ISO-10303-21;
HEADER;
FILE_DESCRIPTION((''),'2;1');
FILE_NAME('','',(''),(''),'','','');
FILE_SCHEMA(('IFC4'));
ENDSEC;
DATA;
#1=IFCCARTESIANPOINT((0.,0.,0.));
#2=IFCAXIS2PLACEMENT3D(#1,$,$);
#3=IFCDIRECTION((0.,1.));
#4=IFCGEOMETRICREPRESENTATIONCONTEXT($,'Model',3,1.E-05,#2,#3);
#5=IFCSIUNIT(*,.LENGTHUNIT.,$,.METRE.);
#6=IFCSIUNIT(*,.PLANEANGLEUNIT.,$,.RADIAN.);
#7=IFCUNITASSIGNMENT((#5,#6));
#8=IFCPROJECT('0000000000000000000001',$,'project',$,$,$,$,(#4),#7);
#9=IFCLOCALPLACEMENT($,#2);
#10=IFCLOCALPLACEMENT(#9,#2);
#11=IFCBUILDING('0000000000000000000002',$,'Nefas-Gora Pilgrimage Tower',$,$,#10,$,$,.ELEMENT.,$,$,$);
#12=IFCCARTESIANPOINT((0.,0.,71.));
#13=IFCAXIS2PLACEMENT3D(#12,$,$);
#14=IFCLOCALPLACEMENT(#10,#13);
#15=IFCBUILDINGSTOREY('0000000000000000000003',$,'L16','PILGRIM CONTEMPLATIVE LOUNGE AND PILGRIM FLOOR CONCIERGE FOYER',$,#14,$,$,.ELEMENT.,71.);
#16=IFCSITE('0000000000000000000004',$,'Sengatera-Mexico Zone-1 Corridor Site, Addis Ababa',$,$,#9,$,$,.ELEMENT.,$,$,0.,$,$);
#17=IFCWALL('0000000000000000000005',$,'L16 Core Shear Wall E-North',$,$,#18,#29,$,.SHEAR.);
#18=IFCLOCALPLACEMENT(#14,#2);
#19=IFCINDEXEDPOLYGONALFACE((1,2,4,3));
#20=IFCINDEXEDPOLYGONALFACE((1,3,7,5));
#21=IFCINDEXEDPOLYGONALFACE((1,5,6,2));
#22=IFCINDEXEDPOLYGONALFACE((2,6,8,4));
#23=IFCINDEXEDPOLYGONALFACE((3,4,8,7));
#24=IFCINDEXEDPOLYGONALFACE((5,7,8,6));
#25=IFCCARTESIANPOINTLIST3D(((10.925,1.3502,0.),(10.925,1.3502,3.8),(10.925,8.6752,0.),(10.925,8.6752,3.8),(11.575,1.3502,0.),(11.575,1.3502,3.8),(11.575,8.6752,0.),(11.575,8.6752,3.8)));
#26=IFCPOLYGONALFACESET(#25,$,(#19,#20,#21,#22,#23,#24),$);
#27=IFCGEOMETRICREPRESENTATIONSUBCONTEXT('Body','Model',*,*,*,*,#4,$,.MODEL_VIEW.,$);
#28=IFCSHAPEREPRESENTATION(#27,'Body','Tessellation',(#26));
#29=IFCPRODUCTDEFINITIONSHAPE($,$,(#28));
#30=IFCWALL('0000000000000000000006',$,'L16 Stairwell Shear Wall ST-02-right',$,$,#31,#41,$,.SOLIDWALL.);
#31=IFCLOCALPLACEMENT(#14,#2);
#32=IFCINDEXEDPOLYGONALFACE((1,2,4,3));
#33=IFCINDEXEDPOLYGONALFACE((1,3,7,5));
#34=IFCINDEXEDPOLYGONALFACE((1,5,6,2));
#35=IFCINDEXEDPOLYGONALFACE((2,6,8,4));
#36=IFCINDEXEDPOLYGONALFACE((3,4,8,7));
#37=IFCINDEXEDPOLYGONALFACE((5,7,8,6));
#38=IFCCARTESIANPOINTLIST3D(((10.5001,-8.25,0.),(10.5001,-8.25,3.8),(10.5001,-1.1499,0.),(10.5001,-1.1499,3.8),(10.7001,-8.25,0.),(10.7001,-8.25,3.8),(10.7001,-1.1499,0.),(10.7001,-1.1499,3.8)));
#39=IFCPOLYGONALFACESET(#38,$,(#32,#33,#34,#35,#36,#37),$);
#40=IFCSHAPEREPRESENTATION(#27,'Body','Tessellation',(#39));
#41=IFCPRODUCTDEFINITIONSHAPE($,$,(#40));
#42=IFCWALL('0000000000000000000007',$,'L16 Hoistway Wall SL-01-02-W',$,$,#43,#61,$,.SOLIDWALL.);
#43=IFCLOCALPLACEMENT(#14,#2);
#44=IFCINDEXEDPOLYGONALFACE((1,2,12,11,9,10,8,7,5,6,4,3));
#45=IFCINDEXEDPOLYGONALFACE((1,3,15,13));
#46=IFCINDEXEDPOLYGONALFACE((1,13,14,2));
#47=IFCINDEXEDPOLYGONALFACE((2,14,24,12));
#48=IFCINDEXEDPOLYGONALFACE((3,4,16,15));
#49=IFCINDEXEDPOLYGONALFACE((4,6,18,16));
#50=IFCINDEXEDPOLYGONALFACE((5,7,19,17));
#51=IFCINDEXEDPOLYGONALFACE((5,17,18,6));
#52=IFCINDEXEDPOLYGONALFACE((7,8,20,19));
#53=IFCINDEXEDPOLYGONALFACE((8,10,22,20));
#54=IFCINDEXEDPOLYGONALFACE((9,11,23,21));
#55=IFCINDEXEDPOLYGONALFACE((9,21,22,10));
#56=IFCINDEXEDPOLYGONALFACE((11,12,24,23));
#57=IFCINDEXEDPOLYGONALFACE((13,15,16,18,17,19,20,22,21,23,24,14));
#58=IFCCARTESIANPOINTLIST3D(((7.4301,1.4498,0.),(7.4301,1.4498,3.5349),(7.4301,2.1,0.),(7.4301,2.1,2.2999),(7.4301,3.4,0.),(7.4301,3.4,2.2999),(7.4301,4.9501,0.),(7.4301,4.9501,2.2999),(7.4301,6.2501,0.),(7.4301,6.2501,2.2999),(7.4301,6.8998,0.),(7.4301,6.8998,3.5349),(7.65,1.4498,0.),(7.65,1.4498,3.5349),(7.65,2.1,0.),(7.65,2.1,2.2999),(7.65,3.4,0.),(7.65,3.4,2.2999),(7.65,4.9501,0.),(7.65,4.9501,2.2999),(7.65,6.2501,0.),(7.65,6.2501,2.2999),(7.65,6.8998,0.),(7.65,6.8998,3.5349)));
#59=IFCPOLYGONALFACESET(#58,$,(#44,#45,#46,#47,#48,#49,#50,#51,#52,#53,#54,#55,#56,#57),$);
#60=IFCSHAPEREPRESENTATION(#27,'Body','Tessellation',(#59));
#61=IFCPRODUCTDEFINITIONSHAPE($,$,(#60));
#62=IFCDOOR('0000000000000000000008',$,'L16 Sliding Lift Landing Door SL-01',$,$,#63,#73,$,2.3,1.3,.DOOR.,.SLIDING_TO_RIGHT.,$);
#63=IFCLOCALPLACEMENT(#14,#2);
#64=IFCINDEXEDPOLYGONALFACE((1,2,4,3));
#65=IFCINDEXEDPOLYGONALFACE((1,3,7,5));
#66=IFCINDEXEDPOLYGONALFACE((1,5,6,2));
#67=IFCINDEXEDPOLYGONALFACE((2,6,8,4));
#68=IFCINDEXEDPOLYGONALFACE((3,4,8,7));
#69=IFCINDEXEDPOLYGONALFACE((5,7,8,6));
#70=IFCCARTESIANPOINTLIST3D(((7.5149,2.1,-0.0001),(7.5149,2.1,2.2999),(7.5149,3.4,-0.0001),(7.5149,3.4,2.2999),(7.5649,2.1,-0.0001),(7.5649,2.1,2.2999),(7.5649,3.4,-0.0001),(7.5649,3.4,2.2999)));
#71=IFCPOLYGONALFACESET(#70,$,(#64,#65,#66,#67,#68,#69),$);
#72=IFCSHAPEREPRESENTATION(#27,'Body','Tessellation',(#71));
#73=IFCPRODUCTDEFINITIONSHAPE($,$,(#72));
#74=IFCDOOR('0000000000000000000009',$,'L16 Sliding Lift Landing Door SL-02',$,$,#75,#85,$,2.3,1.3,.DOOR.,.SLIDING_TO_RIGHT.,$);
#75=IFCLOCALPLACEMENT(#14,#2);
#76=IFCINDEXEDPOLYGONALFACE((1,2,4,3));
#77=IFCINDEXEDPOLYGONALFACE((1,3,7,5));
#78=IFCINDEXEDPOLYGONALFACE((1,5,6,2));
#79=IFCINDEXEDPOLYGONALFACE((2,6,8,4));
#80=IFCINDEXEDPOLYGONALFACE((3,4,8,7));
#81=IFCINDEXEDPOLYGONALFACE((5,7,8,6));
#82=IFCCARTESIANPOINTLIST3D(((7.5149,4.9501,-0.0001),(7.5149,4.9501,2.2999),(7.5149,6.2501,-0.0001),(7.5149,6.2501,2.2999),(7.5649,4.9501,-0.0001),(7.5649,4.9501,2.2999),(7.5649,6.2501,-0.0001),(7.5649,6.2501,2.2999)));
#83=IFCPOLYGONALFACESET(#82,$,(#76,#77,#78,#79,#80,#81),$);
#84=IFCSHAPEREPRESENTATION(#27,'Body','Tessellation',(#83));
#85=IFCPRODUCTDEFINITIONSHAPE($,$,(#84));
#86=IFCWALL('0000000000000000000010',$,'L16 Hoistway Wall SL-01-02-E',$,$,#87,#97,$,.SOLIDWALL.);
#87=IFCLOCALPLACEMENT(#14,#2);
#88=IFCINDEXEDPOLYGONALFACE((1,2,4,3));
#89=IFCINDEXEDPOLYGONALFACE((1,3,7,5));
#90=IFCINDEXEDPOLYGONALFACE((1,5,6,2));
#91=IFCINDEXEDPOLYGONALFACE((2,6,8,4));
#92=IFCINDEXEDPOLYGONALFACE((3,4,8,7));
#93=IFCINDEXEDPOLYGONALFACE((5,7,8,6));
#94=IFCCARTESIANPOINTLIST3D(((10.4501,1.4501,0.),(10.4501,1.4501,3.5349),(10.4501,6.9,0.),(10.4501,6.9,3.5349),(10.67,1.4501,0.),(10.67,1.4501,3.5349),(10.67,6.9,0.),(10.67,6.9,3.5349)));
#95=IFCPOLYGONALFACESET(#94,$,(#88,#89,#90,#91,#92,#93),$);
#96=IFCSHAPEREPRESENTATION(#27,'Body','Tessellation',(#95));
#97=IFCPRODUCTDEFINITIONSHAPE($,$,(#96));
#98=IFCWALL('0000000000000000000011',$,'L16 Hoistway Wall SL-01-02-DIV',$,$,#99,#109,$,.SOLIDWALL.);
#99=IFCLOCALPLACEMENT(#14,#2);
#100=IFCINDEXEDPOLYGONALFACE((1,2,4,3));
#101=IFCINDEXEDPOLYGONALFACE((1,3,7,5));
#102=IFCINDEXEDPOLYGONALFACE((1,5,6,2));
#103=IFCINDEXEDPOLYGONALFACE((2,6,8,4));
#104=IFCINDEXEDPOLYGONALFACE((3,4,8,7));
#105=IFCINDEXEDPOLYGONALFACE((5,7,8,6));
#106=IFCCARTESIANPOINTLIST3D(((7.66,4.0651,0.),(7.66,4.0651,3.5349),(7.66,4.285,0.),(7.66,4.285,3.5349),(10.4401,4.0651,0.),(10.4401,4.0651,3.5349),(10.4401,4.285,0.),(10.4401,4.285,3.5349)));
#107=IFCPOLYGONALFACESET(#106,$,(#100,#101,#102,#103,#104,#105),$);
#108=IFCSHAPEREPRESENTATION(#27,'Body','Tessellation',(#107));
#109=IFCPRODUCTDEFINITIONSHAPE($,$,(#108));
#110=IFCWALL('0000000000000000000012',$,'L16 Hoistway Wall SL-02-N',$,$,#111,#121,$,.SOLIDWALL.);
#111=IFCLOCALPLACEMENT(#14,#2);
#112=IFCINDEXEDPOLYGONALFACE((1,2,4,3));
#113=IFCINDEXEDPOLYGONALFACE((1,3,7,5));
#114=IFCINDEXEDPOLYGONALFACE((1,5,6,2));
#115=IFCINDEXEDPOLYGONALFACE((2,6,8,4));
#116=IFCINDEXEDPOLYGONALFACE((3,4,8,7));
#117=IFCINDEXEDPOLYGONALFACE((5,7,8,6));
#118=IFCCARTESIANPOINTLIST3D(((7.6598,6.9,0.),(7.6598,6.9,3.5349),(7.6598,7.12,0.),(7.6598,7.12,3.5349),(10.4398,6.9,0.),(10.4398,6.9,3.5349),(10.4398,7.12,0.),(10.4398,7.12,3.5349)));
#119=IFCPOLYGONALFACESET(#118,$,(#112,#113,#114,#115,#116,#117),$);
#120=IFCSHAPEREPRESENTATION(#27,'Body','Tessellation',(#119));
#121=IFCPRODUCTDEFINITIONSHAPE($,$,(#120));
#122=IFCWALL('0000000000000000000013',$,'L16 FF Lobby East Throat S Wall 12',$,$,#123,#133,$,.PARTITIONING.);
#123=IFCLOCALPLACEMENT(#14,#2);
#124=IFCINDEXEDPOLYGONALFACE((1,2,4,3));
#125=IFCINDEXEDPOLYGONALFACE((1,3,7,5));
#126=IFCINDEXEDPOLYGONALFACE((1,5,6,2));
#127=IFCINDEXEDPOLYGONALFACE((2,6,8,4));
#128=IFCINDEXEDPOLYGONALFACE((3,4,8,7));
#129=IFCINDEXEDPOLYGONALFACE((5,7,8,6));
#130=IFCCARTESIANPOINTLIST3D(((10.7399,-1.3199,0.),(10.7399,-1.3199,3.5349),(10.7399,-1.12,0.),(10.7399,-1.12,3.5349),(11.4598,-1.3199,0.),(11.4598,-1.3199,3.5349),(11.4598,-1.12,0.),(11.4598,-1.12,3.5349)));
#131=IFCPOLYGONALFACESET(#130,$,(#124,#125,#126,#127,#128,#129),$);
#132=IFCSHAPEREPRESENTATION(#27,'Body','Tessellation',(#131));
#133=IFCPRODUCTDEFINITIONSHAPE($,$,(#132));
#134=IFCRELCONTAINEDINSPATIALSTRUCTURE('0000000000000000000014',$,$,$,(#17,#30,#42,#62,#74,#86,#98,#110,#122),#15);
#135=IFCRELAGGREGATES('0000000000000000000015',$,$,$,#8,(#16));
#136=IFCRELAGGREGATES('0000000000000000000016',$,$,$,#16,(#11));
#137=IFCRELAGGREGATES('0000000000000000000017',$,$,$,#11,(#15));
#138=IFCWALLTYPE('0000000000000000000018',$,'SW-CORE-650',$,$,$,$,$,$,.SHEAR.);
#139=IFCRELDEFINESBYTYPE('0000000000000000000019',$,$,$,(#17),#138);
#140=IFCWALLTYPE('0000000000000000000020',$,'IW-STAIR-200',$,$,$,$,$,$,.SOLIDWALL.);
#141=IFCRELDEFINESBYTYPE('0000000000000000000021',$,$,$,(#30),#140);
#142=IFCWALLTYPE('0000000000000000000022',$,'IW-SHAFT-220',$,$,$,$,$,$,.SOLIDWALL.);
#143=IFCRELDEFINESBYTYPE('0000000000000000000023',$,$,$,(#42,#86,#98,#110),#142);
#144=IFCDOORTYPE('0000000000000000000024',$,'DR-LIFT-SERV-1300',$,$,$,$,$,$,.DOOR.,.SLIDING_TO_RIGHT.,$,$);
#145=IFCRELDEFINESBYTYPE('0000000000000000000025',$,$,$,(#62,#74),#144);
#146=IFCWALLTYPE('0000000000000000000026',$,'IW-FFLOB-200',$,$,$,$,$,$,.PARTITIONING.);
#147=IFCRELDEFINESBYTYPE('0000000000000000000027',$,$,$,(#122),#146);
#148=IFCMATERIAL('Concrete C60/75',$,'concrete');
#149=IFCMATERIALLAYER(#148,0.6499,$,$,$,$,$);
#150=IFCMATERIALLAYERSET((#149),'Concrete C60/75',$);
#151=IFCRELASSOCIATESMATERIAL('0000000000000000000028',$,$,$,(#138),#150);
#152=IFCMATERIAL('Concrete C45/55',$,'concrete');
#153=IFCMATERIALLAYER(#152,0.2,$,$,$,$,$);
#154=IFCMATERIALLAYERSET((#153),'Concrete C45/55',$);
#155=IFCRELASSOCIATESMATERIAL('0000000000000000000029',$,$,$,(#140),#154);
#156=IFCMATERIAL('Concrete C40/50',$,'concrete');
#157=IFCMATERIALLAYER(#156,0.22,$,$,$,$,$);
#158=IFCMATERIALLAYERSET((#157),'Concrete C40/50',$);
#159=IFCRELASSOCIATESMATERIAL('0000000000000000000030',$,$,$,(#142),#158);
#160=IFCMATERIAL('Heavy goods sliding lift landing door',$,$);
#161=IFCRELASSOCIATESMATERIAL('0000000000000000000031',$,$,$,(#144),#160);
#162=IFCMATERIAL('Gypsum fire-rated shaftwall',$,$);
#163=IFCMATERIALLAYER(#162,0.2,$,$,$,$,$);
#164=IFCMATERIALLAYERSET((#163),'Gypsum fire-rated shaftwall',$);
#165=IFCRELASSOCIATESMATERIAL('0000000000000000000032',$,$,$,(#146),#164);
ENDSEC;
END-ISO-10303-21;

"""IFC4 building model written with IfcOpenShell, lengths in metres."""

from ifc_helpers import new_model, si_unit, direction, frame, frame_2d, origin, place, context, subcontext, project, spatial, rectangle, extrude, source, transform, mapped, material, layer, layer_set, type_object, element, fill, save


model = new_model("IFC4")

# Units and contexts
model_context = context("Model", 3, precision=1e-05, world=origin(), true_north=direction((0.0, 1.0)))
body_context = subcontext(model_context, "Body", "Model", "MODEL_VIEW")
ifc_project = project(units=[si_unit("LENGTHUNIT", "METRE"), si_unit("PLANEANGLEUNIT", "RADIAN")], contexts=[model_context])

# Site, building, storey
site_placement = place(None, origin())
site = spatial("IfcSite", under=ifc_project, at=site_placement, Name="Sengatera-Mexico Zone-1 Corridor Site, Addis Ababa", CompositionType="ELEMENT", RefElevation=0.0)
building_placement = place(site_placement, origin())
building = spatial("IfcBuilding", under=site, at=building_placement, Name="Nefas-Gora Pilgrimage Tower", CompositionType="ELEMENT")
storey_placement = place(building_placement, frame((0.0, 0.0, 71.0)))
storey = spatial("IfcBuildingStorey", under=building, at=storey_placement, Name="L16", Description="PILGRIM CONTEMPLATIVE LOUNGE AND PILGRIM FLOOR CONCIERGE FOYER", CompositionType="ELEMENT", Elevation=71.0)

# Walls
ifc_material_1 = material(Name="Concrete C60/75", Category="concrete")
ifc_layer_1 = layer(ifc_material_1, 0.6499)
ifc_layer_set_1 = layer_set([ifc_layer_1], Name="Concrete C60/75")
wall_type_1 = type_object("IfcWallType", Name="SW-CORE-650", PredefinedType="SHEAR", material=ifc_layer_set_1)
shared_shape_1 = source(origin(), body_context, "Body", "SweptSolid", [
    extrude(rectangle(XDim=7.325, YDim=0.6499, at=frame_2d((3.6626, 0.0))), origin(), (0.0, 0.0, 1.0), 3.8),
])
wall_1_placement = place(storey_placement, frame((11.25, 1.3501, 0.0), z_axis=(0.0, 0.0, 1.0), x_axis=(0.0, 1.0, 0.0)))
element("IfcWall", 1, at=wall_1_placement, inside=storey, type_object=wall_type_1, Name="L16 Core Shear Wall E-North", PredefinedType="SHEAR", context=body_context, shape_type="MappedRepresentation", body=[
    mapped(shared_shape_1, transform((0.0, 0.0, 0.0), x_axis=(1.0, 0.0, 0.0), y_axis=(0.0, 1.0, 0.0), z_axis=(0.0, 0.0, 1.0), scale=1.0)),
])
ifc_material_2 = material(Name="Concrete C45/55", Category="concrete")
ifc_layer_2 = layer(ifc_material_2, 0.2)
ifc_layer_set_2 = layer_set([ifc_layer_2], Name="Concrete C45/55")
wall_type_2 = type_object("IfcWallType", Name="IW-STAIR-200", PredefinedType="SOLIDWALL", material=ifc_layer_set_2)
shared_shape_2 = source(origin(), body_context, "Body", "SweptSolid", [
    extrude(rectangle(XDim=7.1001, YDim=0.2, at=frame_2d((3.55, 0.0))), origin(), (0.0, 0.0, 1.0), 3.8),
])
wall_2_placement = place(storey_placement, frame((10.6001, -1.1499, 0.0), z_axis=(0.0, 0.0, 1.0), x_axis=(0.0, -1.0, 0.0)))
element("IfcWall", 2, at=wall_2_placement, inside=storey, type_object=wall_type_2, Name="L16 Stairwell Shear Wall ST-02-right", PredefinedType="SOLIDWALL", context=body_context, shape_type="MappedRepresentation", body=[
    mapped(shared_shape_2, transform((0.0, 0.0, 0.0), x_axis=(1.0, 0.0, 0.0), y_axis=(0.0, 1.0, 0.0), z_axis=(0.0, 0.0, 1.0), scale=1.0)),
])

# Wall, openings, doors
ifc_material_3 = material(Name="Concrete C40/50", Category="concrete")
ifc_layer_3 = layer(ifc_material_3, 0.22)
ifc_layer_set_3 = layer_set([ifc_layer_3], Name="Concrete C40/50")
wall_type_3 = type_object("IfcWallType", Name="IW-SHAFT-220", PredefinedType="SOLIDWALL", material=ifc_layer_set_3)
shared_shape_3 = source(origin(), body_context, "Body", "SweptSolid", [
    extrude(rectangle(XDim=5.45, YDim=0.22, at=frame_2d((2.7251, 0.0))), origin(), (0.0, 0.0, 1.0), 3.5349),
])
wall_3_placement = place(storey_placement, frame((7.54, 6.8999, 0.0), z_axis=(0.0, 0.0, 1.0), x_axis=(0.0, -1.0, 0.0)))
wall_3 = element("IfcWall", 3, at=wall_3_placement, inside=storey, type_object=wall_type_3, Name="L16 Hoistway Wall SL-01-02-W", PredefinedType="SOLIDWALL", context=body_context, shape_type="MappedRepresentation", body=[
    mapped(shared_shape_3, transform((0.0, 0.0, 0.0), x_axis=(1.0, 0.0, 0.0), y_axis=(0.0, 1.0, 0.0), z_axis=(0.0, 0.0, 1.0), scale=1.0)),
])
opening_1_placement = place(wall_3_placement, frame((3.5, 0.0, 0.0)))
opening_1 = element("IfcOpeningElement", 4, at=opening_1_placement, cuts=wall_3, PredefinedType="OPENING", context=body_context, shape_type="SweptSolid", body=[
    extrude(rectangle(XDim=1.3, YDim=2.3, at=frame_2d((0.6499, 1.1499))), frame((0.0, 0.1199, 0.0), z_axis=(0.0, -1.0, 0.0), x_axis=(1.0, 0.0, 0.0)), (0.0, 0.0, 1.0), 0.24),
])
opening_2_placement = place(wall_3_placement, frame((0.6499, 0.0, 0.0)))
opening_2 = element("IfcOpeningElement", 5, at=opening_2_placement, cuts=wall_3, PredefinedType="OPENING", context=body_context, shape_type="SweptSolid", body=[
    extrude(rectangle(XDim=1.3, YDim=2.3, at=frame_2d((0.6499, 1.1499))), frame((0.0, 0.1199, 0.0), z_axis=(0.0, -1.0, 0.0), x_axis=(1.0, 0.0, 0.0)), (0.0, 0.0, 1.0), 0.24),
])
ifc_material_4 = material(Name="Heavy goods sliding lift landing door")
door_type_1 = type_object("IfcDoorType", Name="DR-LIFT-SERV-1300", OperationType="SLIDING_TO_RIGHT", PredefinedType="DOOR", material=ifc_material_4)
shared_shape_4 = source(origin(), body_context, "Body", "SweptSolid", [
    extrude(rectangle(XDim=1.3, YDim=2.3, at=frame_2d((0.6499, 1.1499))), frame((0.0, 0.0249, 0.0), z_axis=(0.0, -1.0, 0.0), x_axis=(1.0, 0.0, 0.0)), (0.0, 0.0, 1.0), 0.05),
])
door_1_placement = place(opening_1_placement, origin())
door_1 = element("IfcDoor", 6, at=door_1_placement, inside=storey, type_object=door_type_1, Name="L16 Sliding Lift Landing Door SL-01", OperationType="SLIDING_TO_RIGHT", OverallHeight=2.3, OverallWidth=1.3, PredefinedType="DOOR", context=body_context, shape_type="MappedRepresentation", body=[
    mapped(shared_shape_4, transform((0.0, 0.0, 0.0), x_axis=(1.0, 0.0, 0.0), y_axis=(0.0, 1.0, 0.0), z_axis=(0.0, 0.0, 1.0), scale=1.0)),
])
fill(opening_1, door_1)
door_2_placement = place(opening_2_placement, origin())
door_2 = element("IfcDoor", 7, at=door_2_placement, inside=storey, type_object=door_type_1, Name="L16 Sliding Lift Landing Door SL-02", OperationType="SLIDING_TO_RIGHT", OverallHeight=2.3, OverallWidth=1.3, PredefinedType="DOOR", context=body_context, shape_type="MappedRepresentation", body=[
    mapped(shared_shape_4, transform((0.0, 0.0, 0.0), x_axis=(1.0, 0.0, 0.0), y_axis=(0.0, 1.0, 0.0), z_axis=(0.0, 0.0, 1.0), scale=1.0)),
])
fill(opening_2, door_2)

# Walls
wall_4_placement = place(storey_placement, frame((10.5601, 1.45, 0.0), z_axis=(0.0, 0.0, 1.0), x_axis=(0.0, 1.0, 0.0)))
element("IfcWall", 8, at=wall_4_placement, inside=storey, type_object=wall_type_3, Name="L16 Hoistway Wall SL-01-02-E", PredefinedType="SOLIDWALL", context=body_context, shape_type="MappedRepresentation", body=[
    mapped(shared_shape_3, transform((0.0, 0.0, 0.0), x_axis=(1.0, 0.0, 0.0), y_axis=(0.0, 1.0, 0.0), z_axis=(0.0, 0.0, 1.0), scale=1.0)),
])
shared_shape_5 = source(origin(), body_context, "Body", "SweptSolid", [
    extrude(rectangle(XDim=2.78, YDim=0.22, at=frame_2d((1.3901, 0.0))), origin(), (0.0, 0.0, 1.0), 3.5349),
])
for number, where, z_axis, x_axis, name in (
    (9, (7.6599, 4.175, 0.0), (0.0, 0.0, 1.0), (1.0, 0.0, 0.0), "L16 Hoistway Wall SL-01-02-DIV"),
    (10, (10.4399, 7.01, 0.0), (0.0, 0.0, 1.0), (-1.0, 0.0, 0.0), "L16 Hoistway Wall SL-02-N"),
):
    element("IfcWall", number, at=place(storey_placement, frame(where, z_axis=z_axis, x_axis=x_axis)), inside=storey, type_object=wall_type_3, Name=name, PredefinedType="SOLIDWALL", context=body_context, shape_type="MappedRepresentation", body=[
        mapped(shared_shape_5, transform((0.0, 0.0, 0.0), x_axis=(1.0, 0.0, 0.0), y_axis=(0.0, 1.0, 0.0), z_axis=(0.0, 0.0, 1.0), scale=1.0)),
    ])

# Shared definitions
ifc_material_5 = material(Name="Gypsum fire-rated shaftwall")
ifc_layer_4 = layer(ifc_material_5, 0.2)
ifc_layer_set_4 = layer_set([ifc_layer_4], Name="Gypsum fire-rated shaftwall")
wall_type_4 = type_object("IfcWallType", Name="IW-FFLOB-200", PredefinedType="PARTITIONING", material=ifc_layer_set_4)

# Wall
shared_shape_6 = source(origin(), body_context, "Body", "SweptSolid", [
    extrude(rectangle(XDim=0.72, YDim=0.2, at=frame_2d((0.3599, 0.0))), origin(), (0.0, 0.0, 1.0), 3.5349),
])
wall_5_placement = place(storey_placement, frame((10.74, -1.22, 0.0), z_axis=(0.0, 0.0, 1.0), x_axis=(1.0, 0.0, 0.0)))
element("IfcWall", 11, at=wall_5_placement, inside=storey, type_object=wall_type_4, Name="L16 FF Lobby East Throat S Wall 12", PredefinedType="PARTITIONING", context=body_context, shape_type="MappedRepresentation", body=[
    mapped(shared_shape_6, transform((0.0, 0.0, 0.0), x_axis=(1.0, 0.0, 0.0), y_axis=(0.0, 1.0, 0.0), z_axis=(0.0, 0.0, 1.0), scale=1.0)),
])

save(model, "model.ifc")
